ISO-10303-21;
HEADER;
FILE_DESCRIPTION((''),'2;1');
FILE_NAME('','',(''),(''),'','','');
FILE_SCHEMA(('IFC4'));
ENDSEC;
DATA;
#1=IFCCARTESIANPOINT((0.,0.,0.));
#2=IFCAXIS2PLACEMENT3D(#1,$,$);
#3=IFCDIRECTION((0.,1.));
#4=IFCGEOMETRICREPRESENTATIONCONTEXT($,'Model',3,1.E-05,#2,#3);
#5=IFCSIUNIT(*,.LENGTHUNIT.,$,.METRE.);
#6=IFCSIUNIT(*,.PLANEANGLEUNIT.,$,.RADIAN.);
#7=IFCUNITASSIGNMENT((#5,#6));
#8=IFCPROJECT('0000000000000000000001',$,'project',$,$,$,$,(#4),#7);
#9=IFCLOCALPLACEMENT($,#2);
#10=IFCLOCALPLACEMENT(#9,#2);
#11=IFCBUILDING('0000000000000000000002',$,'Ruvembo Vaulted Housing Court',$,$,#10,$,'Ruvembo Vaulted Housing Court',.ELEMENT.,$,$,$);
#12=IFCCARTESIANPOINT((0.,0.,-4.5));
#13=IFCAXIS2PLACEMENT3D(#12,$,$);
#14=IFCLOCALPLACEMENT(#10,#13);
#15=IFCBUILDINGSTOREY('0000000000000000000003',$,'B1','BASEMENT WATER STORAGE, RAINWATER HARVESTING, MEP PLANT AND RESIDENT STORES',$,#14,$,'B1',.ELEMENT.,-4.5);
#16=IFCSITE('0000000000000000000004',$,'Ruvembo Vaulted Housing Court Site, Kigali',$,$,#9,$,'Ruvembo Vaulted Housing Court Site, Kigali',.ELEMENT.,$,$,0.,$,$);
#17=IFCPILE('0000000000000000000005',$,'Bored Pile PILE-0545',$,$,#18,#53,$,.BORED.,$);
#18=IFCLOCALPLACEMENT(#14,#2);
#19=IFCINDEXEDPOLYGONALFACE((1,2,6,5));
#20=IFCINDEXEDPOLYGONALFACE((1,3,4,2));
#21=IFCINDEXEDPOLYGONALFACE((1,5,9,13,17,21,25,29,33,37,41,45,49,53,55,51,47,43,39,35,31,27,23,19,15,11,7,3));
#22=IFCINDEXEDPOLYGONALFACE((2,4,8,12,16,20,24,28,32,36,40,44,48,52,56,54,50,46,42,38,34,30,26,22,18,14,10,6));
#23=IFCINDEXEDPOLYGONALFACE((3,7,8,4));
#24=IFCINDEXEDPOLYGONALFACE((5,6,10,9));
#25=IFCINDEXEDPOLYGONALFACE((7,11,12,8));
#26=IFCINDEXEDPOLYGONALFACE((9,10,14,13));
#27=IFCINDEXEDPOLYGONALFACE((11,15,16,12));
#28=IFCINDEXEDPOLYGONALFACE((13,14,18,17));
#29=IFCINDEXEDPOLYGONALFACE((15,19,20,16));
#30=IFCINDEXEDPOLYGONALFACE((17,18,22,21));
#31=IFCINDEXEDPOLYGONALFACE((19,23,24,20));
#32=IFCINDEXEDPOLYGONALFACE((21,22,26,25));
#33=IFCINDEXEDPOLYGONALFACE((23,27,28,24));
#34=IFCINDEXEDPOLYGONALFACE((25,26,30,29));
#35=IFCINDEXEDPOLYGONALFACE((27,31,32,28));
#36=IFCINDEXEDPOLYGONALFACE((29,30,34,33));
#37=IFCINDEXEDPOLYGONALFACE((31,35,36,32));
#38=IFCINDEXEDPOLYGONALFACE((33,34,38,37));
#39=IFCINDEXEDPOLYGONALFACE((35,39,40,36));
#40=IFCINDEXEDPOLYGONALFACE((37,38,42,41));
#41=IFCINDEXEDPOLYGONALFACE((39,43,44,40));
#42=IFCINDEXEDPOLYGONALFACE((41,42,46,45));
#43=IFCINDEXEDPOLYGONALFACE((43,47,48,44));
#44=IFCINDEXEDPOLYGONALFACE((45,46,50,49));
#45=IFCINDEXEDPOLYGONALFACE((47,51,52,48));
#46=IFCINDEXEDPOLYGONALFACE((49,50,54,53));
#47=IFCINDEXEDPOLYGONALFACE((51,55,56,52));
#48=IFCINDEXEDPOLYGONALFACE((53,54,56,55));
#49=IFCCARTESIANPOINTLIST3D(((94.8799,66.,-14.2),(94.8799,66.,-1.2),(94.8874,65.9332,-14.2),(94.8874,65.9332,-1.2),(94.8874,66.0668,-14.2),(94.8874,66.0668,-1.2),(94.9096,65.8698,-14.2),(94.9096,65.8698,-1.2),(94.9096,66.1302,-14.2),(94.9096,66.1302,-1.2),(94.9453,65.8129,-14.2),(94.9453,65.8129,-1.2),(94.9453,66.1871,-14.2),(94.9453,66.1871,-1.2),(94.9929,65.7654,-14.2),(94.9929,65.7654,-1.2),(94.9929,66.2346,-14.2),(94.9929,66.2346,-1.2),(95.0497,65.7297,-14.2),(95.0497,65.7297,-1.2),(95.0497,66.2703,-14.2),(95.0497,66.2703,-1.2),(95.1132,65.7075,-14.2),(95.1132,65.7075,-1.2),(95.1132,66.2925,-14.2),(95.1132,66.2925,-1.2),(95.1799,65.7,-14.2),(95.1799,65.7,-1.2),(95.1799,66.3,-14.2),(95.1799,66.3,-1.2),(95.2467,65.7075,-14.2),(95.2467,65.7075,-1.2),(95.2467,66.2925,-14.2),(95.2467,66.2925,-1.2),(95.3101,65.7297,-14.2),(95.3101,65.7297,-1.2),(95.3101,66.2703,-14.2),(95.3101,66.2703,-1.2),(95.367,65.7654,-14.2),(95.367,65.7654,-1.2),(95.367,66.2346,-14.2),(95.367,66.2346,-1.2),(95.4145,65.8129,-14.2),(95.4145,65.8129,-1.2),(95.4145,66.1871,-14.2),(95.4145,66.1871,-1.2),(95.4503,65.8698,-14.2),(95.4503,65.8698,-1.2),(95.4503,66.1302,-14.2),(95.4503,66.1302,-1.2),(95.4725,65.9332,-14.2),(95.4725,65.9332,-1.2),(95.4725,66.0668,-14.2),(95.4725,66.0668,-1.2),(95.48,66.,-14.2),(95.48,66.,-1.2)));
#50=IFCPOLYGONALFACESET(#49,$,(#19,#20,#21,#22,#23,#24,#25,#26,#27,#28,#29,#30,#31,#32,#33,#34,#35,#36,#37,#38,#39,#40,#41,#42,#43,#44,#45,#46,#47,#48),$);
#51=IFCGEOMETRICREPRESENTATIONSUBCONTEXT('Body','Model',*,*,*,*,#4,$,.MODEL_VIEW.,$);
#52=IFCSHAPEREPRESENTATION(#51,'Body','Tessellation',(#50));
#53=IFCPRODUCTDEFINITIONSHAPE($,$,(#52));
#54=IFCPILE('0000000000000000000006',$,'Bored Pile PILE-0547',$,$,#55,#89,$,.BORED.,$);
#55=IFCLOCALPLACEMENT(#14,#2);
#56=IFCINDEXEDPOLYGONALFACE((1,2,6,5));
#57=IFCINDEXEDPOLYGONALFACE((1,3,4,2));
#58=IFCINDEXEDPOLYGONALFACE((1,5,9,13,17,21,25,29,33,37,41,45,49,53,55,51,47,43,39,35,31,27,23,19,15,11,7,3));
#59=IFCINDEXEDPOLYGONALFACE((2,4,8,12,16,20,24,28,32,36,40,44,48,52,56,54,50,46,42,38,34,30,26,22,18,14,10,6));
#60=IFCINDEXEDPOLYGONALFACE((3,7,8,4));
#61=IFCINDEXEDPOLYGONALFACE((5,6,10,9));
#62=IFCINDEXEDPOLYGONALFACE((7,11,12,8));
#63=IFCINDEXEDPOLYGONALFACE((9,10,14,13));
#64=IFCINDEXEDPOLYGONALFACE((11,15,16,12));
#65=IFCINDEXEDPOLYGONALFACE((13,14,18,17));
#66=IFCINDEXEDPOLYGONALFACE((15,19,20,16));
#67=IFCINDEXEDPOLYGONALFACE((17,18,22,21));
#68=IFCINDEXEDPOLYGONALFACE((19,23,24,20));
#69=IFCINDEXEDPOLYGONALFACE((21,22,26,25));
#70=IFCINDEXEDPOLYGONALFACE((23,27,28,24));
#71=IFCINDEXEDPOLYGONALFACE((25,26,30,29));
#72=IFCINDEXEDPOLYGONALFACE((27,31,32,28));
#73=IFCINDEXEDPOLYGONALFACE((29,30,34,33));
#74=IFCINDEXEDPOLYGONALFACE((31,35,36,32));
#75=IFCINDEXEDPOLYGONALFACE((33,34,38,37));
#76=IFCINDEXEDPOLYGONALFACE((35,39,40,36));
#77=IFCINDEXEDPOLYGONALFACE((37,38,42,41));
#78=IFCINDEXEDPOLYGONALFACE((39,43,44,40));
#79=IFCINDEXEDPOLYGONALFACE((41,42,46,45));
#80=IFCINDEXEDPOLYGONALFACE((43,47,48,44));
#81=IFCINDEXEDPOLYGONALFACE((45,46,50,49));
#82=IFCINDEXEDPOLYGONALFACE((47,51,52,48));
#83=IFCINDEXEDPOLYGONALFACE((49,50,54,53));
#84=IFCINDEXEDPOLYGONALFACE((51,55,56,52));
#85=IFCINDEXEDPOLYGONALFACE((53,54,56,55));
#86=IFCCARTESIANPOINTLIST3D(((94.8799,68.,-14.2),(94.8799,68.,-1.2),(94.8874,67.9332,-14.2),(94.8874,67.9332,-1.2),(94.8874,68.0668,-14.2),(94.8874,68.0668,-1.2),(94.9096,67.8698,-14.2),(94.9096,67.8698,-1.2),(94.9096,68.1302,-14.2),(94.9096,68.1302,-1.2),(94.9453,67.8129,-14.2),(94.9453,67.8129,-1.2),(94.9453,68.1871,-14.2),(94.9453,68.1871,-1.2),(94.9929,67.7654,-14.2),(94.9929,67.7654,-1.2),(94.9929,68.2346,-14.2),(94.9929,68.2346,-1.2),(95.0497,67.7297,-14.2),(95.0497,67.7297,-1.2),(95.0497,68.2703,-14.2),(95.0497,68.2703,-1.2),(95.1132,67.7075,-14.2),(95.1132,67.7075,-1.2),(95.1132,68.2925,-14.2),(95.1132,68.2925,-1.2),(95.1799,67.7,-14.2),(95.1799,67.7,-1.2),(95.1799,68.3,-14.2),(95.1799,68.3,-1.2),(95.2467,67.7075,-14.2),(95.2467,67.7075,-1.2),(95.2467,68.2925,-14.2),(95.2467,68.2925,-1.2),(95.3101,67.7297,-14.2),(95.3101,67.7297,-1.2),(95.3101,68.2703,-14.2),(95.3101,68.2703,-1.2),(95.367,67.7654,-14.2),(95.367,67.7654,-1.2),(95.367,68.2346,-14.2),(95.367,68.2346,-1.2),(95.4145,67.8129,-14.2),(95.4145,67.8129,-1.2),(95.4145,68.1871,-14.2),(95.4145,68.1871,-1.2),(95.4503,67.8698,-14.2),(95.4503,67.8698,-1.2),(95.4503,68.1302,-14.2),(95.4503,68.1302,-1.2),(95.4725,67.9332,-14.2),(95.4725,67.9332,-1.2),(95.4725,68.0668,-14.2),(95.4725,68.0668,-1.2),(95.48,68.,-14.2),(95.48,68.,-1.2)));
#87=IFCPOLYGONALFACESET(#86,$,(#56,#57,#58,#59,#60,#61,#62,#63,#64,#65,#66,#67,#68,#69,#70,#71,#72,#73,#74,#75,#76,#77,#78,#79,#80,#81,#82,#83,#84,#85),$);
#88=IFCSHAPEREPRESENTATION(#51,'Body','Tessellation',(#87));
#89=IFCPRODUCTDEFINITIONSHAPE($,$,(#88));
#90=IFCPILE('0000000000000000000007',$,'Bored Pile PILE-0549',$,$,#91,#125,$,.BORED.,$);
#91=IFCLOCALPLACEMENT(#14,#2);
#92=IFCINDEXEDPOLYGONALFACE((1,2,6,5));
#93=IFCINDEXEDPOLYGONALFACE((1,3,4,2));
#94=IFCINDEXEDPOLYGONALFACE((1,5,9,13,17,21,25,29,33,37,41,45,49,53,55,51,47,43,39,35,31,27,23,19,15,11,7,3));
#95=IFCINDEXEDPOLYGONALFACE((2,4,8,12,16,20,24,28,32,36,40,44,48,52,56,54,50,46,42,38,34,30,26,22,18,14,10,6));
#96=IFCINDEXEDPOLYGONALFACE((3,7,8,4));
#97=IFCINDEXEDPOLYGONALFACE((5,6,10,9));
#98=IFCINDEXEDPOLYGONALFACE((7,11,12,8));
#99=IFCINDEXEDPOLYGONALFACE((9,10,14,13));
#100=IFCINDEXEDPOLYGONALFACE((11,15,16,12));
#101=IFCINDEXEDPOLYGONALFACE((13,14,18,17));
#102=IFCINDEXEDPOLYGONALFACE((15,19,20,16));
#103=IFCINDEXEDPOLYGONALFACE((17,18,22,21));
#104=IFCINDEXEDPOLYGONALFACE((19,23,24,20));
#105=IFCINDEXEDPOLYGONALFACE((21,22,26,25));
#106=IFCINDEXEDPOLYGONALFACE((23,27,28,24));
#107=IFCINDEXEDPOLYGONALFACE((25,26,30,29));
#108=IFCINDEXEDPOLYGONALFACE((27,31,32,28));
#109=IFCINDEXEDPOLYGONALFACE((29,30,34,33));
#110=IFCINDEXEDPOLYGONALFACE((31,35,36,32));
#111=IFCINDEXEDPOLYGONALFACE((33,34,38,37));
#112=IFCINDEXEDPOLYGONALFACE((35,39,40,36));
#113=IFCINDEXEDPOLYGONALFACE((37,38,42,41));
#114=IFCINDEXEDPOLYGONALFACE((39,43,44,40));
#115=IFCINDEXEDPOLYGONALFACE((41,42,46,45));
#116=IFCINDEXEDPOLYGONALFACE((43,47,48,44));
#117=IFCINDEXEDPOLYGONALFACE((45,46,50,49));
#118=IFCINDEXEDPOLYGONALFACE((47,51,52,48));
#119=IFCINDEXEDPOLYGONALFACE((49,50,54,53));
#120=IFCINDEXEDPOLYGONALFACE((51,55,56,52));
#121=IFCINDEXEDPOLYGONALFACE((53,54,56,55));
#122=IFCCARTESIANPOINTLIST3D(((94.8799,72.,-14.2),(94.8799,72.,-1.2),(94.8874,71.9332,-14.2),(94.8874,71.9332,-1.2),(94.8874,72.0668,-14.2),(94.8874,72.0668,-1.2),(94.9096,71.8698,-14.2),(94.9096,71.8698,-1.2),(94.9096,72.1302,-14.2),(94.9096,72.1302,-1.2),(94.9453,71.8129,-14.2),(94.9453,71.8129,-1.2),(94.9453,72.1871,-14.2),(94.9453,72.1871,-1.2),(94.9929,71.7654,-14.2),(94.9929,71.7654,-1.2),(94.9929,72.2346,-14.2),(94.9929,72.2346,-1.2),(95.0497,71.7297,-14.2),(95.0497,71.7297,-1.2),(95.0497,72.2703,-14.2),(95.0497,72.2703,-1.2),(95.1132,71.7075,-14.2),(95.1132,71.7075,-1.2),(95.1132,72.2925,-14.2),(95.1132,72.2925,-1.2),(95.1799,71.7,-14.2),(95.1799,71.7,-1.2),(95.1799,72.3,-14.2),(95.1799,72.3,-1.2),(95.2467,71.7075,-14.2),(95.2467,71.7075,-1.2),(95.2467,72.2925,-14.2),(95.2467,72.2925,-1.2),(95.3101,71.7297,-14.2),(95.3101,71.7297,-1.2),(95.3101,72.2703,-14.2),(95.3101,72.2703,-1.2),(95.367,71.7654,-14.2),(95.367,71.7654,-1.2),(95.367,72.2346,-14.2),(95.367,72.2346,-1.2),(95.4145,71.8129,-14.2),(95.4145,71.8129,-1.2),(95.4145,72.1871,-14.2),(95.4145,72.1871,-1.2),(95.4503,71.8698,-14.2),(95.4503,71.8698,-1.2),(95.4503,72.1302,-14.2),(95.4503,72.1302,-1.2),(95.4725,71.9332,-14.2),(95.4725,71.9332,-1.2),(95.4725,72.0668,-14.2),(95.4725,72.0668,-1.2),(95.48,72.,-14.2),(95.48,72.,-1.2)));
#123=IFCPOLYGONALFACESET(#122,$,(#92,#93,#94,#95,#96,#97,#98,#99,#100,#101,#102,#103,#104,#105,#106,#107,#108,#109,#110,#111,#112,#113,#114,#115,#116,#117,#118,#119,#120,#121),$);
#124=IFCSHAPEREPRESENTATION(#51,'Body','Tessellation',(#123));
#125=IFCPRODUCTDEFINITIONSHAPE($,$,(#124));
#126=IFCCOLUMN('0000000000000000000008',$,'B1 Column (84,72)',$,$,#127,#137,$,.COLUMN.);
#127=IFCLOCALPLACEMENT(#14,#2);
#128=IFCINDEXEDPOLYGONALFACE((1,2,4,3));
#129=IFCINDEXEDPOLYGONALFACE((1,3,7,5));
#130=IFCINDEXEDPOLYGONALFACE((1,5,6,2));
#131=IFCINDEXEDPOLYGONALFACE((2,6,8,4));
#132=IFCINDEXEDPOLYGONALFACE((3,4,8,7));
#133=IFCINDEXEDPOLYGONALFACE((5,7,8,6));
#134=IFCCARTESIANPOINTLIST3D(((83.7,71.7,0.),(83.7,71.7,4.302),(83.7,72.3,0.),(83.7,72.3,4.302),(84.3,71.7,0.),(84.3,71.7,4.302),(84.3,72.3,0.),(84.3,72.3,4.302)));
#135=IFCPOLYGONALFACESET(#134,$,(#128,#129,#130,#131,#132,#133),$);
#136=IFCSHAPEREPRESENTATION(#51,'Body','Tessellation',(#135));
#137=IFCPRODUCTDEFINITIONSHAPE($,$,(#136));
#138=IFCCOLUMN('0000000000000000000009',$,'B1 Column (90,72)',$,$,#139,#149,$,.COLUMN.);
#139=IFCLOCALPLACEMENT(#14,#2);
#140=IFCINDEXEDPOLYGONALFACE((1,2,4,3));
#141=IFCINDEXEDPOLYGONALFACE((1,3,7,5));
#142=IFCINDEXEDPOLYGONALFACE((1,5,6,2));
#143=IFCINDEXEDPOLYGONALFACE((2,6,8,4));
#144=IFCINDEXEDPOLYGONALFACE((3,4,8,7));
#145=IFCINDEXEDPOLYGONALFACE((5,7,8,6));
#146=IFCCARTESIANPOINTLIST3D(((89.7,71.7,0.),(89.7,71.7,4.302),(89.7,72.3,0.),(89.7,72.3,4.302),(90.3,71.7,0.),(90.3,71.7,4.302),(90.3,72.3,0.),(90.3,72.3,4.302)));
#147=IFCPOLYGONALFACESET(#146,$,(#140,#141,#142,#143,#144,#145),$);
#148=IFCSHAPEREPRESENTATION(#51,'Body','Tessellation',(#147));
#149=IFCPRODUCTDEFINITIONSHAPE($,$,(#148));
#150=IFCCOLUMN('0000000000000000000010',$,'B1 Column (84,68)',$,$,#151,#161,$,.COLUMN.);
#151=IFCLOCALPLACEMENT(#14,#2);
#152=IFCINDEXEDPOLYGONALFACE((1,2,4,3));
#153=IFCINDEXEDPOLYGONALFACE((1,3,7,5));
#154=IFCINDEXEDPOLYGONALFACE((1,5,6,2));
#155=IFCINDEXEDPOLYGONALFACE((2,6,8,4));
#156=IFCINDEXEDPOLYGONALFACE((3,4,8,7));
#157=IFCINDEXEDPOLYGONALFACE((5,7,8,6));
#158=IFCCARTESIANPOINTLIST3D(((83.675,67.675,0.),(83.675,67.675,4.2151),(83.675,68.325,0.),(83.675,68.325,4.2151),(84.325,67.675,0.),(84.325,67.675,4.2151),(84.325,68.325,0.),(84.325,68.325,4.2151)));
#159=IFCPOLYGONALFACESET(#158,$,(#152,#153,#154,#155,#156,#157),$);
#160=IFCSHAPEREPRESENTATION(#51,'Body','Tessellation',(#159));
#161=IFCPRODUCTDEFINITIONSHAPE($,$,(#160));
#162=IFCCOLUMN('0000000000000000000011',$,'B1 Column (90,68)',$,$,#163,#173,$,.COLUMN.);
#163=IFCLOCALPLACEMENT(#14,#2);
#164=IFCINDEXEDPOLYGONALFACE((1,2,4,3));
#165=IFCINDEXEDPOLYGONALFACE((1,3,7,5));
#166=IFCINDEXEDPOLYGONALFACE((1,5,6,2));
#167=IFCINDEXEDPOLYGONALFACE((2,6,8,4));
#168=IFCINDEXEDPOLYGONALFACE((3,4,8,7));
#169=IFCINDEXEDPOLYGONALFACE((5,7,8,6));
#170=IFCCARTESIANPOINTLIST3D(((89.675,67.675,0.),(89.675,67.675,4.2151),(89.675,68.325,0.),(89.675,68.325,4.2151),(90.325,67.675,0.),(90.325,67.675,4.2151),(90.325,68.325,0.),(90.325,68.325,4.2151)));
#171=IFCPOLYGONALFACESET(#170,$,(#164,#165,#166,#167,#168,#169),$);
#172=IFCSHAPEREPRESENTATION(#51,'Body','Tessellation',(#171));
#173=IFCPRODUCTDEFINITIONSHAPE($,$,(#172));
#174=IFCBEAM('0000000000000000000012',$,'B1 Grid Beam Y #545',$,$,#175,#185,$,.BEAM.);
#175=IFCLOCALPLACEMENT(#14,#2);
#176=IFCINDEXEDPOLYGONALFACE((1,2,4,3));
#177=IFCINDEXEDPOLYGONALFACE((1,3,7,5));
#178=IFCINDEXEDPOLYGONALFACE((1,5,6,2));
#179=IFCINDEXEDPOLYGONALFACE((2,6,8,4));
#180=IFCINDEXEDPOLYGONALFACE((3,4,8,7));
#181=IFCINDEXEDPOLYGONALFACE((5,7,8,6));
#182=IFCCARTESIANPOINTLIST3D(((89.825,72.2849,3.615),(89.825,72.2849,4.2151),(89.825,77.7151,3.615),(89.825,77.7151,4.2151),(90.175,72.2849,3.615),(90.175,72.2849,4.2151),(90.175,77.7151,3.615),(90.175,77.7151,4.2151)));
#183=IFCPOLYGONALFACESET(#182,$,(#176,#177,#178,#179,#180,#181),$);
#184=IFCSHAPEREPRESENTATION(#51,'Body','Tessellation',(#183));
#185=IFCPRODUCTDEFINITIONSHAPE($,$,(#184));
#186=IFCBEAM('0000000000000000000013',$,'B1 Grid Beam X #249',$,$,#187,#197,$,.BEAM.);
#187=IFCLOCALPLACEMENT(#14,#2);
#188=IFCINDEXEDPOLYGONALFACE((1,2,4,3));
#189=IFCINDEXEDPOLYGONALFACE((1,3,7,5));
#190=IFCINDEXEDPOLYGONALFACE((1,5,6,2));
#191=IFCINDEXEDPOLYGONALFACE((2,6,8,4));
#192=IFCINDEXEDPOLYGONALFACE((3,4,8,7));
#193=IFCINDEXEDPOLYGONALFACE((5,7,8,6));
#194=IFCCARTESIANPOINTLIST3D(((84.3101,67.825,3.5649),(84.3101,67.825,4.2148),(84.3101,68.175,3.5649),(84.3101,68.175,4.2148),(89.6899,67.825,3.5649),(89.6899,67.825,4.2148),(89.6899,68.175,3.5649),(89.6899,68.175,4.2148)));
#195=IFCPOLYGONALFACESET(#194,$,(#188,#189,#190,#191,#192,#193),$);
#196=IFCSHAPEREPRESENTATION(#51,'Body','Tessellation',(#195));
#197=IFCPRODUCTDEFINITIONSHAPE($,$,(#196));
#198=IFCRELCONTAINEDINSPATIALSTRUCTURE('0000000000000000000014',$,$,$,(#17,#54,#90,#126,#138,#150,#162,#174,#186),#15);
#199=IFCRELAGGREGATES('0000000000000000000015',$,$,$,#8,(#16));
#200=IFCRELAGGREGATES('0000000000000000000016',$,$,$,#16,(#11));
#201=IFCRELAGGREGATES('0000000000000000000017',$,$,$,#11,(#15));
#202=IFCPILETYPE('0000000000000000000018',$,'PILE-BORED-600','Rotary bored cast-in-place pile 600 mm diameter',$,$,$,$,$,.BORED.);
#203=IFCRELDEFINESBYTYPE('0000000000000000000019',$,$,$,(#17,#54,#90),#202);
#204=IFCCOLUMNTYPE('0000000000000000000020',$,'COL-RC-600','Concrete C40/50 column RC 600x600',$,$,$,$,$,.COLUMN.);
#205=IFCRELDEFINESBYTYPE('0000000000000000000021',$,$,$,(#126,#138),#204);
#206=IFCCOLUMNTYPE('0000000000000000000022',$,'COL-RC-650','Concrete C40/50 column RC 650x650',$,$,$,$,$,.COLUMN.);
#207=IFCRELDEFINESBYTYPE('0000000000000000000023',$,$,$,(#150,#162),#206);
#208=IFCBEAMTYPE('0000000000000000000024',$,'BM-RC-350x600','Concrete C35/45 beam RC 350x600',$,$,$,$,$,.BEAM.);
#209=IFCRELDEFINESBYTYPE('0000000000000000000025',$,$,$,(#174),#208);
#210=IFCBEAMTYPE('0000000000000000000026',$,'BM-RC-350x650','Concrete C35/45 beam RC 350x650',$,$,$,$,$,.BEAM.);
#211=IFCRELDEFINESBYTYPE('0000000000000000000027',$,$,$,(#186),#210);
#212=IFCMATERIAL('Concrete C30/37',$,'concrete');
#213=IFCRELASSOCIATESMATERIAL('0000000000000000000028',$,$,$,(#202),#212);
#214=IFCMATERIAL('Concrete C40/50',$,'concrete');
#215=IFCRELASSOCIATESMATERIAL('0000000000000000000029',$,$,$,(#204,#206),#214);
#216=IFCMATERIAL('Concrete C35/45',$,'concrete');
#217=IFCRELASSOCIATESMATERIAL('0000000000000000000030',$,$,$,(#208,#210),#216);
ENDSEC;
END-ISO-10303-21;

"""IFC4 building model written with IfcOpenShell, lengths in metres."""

from ifc_helpers import new_model, si_unit, direction, frame, origin, origin_2d, place, context, subcontext, project, spatial, rectangle, circle, extrude, material, material_profile, profile_set, type_object, element, save


model = new_model("IFC4")

# Units and contexts
model_context = context("Model", 3, precision=1e-05, world=origin(), true_north=direction((0.0, 1.0)))
body_context = subcontext(model_context, "Body", "Model", "MODEL_VIEW")
ifc_project = project(units=[si_unit("LENGTHUNIT", "METRE"), si_unit("PLANEANGLEUNIT", "RADIAN")], contexts=[model_context])

# Site, building, storey
site_placement = place(None, origin())
site = spatial("IfcSite", under=ifc_project, at=site_placement, Name="Ruvembo Vaulted Housing Court Site, Kigali", LongName="Ruvembo Vaulted Housing Court Site, Kigali", CompositionType="ELEMENT", RefElevation=0.0)
building_placement = place(site_placement, origin())
building = spatial("IfcBuilding", under=site, at=building_placement, Name="Ruvembo Vaulted Housing Court", LongName="Ruvembo Vaulted Housing Court", CompositionType="ELEMENT")
storey_placement = place(building_placement, frame((0.0, 0.0, -4.5)))
storey = spatial("IfcBuildingStorey", under=building, at=storey_placement, Name="B1", Description="BASEMENT WATER STORAGE, RAINWATER HARVESTING, MEP PLANT AND RESIDENT STORES", LongName="B1", CompositionType="ELEMENT", Elevation=-4.5)

# Shared definitions
ifc_material_1 = material(Name="Concrete C35/45", Category="concrete")

# Piles
ifc_material_2 = material(Name="Concrete C30/37", Category="concrete")
ifc_material_profile_1 = material_profile(ifc_material_2, circle(Radius=0.3, at=origin_2d()), Name="PILE D600")
ifc_profile_set_1 = profile_set([ifc_material_profile_1], Name="Concrete C30/37")
pile_type = type_object("IfcPileType", Name="PILE-BORED-600", Description="Rotary bored cast-in-place pile 600 mm diameter", PredefinedType="BORED", material=ifc_profile_set_1)
for number, where, z_axis, x_axis, name in (
    (1, (95.1799, 66.0, -1.2), (0.0, 0.0, -1.0), (1.0, 0.0, 0.0), "Bored Pile PILE-0545"),
    (2, (95.1799, 68.0, -1.2), (0.0, 0.0, -1.0), (1.0, 0.0, 0.0), "Bored Pile PILE-0547"),
    (3, (95.1799, 72.0, -1.2), (0.0, 0.0, -1.0), (1.0, 0.0, 0.0), "Bored Pile PILE-0549"),
):
    element("IfcPile", number, at=place(storey_placement, frame(where, z_axis=z_axis, x_axis=x_axis)), inside=storey, type_object=pile_type, Name=name, PredefinedType="BORED", context=body_context, shape_type="SweptSolid", body=[
        extrude(circle(Radius=0.3, at=origin_2d()), origin(), (0.0, 0.0, 1.0), 13.0),
    ])

# Columns
ifc_material_3 = material(Name="Concrete C40/50", Category="concrete")
ifc_material_profile_2 = material_profile(ifc_material_3, rectangle(XDim=0.6001, YDim=0.6001, at=origin_2d()), Name="RC 600x600")
ifc_profile_set_2 = profile_set([ifc_material_profile_2], Name="Concrete C40/50")
column_type_1 = type_object("IfcColumnType", Name="COL-RC-600", Description="Concrete C40/50 column RC 600x600", PredefinedType="COLUMN", material=ifc_profile_set_2)
for number, where, z_axis, x_axis, name in (
    (4, (84.0, 72.0, 0.0), (0.0, 0.0, 1.0), (1.0, 0.0, 0.0), "B1 Column (84,72)"),
    (5, (90.0, 72.0, 0.0), (0.0, 0.0, 1.0), (1.0, 0.0, 0.0), "B1 Column (90,72)"),
):
    element("IfcColumn", number, at=place(storey_placement, frame(where, z_axis=z_axis, x_axis=x_axis)), inside=storey, type_object=column_type_1, Name=name, PredefinedType="COLUMN", context=body_context, shape_type="SweptSolid", body=[
        extrude(rectangle(XDim=0.6001, YDim=0.6001, at=origin_2d()), origin(), (0.0, 0.0, 1.0), 4.302),
    ])
ifc_material_profile_3 = material_profile(ifc_material_3, rectangle(XDim=0.6499, YDim=0.6499, at=origin_2d()), Name="RC 650x650")
ifc_profile_set_3 = profile_set([ifc_material_profile_3], Name="Concrete C40/50")
column_type_2 = type_object("IfcColumnType", Name="COL-RC-650", Description="Concrete C40/50 column RC 650x650", PredefinedType="COLUMN", material=ifc_profile_set_3)
for number, where, z_axis, x_axis, name in (
    (6, (84.0, 68.0, 0.0), (0.0, 0.0, 1.0), (1.0, 0.0, 0.0), "B1 Column (84,68)"),
    (7, (90.0, 68.0, 0.0), (0.0, 0.0, 1.0), (1.0, 0.0, 0.0), "B1 Column (90,68)"),
):
    element("IfcColumn", number, at=place(storey_placement, frame(where, z_axis=z_axis, x_axis=x_axis)), inside=storey, type_object=column_type_2, Name=name, PredefinedType="COLUMN", context=body_context, shape_type="SweptSolid", body=[
        extrude(rectangle(XDim=0.6499, YDim=0.6499, at=origin_2d()), origin(), (0.0, 0.0, 1.0), 4.2151),
    ])

# Beams
ifc_material_profile_4 = material_profile(ifc_material_1, rectangle(XDim=0.3501, YDim=0.6001, at=origin_2d()), Name="RC 350x600")
ifc_profile_set_4 = profile_set([ifc_material_profile_4], Name="Concrete C35/45")
beam_type_1 = type_object("IfcBeamType", Name="BM-RC-350x600", Description="Concrete C35/45 beam RC 350x600", PredefinedType="BEAM", material=ifc_profile_set_4)
beam_1_placement = place(storey_placement, frame((90.0, 72.2849, 3.915), z_axis=(0.0, 1.0, 0.0), x_axis=(-1.0, 0.0, 0.0)))
element("IfcBeam", 8, at=beam_1_placement, inside=storey, type_object=beam_type_1, Name="B1 Grid Beam Y #545", PredefinedType="BEAM", context=body_context, shape_type="SweptSolid", body=[
    extrude(rectangle(XDim=0.3501, YDim=0.6001, at=origin_2d()), origin(), (0.0, 0.0, 1.0), 5.4302),
])
ifc_material_profile_5 = material_profile(ifc_material_1, rectangle(XDim=0.3501, YDim=0.6499, at=origin_2d()), Name="RC 350x650")
ifc_profile_set_5 = profile_set([ifc_material_profile_5], Name="Concrete C35/45")
beam_type_2 = type_object("IfcBeamType", Name="BM-RC-350x650", Description="Concrete C35/45 beam RC 350x650", PredefinedType="BEAM", material=ifc_profile_set_5)
for number, where, z_axis, x_axis, name in (
    (9, (84.3101, 68.0, 3.8899), (1.0, 0.0, 0.0), (0.0, 1.0, 0.0), "B1 Grid Beam X #249"),
):
    element("IfcBeam", number, at=place(storey_placement, frame(where, z_axis=z_axis, x_axis=x_axis)), inside=storey, type_object=beam_type_2, Name=name, PredefinedType="BEAM", context=body_context, shape_type="SweptSolid", body=[
        extrude(rectangle(XDim=0.3501, YDim=0.6499, at=origin_2d()), origin(), (0.0, 0.0, 1.0), 5.3799),
    ])

save(model, "model.ifc")
